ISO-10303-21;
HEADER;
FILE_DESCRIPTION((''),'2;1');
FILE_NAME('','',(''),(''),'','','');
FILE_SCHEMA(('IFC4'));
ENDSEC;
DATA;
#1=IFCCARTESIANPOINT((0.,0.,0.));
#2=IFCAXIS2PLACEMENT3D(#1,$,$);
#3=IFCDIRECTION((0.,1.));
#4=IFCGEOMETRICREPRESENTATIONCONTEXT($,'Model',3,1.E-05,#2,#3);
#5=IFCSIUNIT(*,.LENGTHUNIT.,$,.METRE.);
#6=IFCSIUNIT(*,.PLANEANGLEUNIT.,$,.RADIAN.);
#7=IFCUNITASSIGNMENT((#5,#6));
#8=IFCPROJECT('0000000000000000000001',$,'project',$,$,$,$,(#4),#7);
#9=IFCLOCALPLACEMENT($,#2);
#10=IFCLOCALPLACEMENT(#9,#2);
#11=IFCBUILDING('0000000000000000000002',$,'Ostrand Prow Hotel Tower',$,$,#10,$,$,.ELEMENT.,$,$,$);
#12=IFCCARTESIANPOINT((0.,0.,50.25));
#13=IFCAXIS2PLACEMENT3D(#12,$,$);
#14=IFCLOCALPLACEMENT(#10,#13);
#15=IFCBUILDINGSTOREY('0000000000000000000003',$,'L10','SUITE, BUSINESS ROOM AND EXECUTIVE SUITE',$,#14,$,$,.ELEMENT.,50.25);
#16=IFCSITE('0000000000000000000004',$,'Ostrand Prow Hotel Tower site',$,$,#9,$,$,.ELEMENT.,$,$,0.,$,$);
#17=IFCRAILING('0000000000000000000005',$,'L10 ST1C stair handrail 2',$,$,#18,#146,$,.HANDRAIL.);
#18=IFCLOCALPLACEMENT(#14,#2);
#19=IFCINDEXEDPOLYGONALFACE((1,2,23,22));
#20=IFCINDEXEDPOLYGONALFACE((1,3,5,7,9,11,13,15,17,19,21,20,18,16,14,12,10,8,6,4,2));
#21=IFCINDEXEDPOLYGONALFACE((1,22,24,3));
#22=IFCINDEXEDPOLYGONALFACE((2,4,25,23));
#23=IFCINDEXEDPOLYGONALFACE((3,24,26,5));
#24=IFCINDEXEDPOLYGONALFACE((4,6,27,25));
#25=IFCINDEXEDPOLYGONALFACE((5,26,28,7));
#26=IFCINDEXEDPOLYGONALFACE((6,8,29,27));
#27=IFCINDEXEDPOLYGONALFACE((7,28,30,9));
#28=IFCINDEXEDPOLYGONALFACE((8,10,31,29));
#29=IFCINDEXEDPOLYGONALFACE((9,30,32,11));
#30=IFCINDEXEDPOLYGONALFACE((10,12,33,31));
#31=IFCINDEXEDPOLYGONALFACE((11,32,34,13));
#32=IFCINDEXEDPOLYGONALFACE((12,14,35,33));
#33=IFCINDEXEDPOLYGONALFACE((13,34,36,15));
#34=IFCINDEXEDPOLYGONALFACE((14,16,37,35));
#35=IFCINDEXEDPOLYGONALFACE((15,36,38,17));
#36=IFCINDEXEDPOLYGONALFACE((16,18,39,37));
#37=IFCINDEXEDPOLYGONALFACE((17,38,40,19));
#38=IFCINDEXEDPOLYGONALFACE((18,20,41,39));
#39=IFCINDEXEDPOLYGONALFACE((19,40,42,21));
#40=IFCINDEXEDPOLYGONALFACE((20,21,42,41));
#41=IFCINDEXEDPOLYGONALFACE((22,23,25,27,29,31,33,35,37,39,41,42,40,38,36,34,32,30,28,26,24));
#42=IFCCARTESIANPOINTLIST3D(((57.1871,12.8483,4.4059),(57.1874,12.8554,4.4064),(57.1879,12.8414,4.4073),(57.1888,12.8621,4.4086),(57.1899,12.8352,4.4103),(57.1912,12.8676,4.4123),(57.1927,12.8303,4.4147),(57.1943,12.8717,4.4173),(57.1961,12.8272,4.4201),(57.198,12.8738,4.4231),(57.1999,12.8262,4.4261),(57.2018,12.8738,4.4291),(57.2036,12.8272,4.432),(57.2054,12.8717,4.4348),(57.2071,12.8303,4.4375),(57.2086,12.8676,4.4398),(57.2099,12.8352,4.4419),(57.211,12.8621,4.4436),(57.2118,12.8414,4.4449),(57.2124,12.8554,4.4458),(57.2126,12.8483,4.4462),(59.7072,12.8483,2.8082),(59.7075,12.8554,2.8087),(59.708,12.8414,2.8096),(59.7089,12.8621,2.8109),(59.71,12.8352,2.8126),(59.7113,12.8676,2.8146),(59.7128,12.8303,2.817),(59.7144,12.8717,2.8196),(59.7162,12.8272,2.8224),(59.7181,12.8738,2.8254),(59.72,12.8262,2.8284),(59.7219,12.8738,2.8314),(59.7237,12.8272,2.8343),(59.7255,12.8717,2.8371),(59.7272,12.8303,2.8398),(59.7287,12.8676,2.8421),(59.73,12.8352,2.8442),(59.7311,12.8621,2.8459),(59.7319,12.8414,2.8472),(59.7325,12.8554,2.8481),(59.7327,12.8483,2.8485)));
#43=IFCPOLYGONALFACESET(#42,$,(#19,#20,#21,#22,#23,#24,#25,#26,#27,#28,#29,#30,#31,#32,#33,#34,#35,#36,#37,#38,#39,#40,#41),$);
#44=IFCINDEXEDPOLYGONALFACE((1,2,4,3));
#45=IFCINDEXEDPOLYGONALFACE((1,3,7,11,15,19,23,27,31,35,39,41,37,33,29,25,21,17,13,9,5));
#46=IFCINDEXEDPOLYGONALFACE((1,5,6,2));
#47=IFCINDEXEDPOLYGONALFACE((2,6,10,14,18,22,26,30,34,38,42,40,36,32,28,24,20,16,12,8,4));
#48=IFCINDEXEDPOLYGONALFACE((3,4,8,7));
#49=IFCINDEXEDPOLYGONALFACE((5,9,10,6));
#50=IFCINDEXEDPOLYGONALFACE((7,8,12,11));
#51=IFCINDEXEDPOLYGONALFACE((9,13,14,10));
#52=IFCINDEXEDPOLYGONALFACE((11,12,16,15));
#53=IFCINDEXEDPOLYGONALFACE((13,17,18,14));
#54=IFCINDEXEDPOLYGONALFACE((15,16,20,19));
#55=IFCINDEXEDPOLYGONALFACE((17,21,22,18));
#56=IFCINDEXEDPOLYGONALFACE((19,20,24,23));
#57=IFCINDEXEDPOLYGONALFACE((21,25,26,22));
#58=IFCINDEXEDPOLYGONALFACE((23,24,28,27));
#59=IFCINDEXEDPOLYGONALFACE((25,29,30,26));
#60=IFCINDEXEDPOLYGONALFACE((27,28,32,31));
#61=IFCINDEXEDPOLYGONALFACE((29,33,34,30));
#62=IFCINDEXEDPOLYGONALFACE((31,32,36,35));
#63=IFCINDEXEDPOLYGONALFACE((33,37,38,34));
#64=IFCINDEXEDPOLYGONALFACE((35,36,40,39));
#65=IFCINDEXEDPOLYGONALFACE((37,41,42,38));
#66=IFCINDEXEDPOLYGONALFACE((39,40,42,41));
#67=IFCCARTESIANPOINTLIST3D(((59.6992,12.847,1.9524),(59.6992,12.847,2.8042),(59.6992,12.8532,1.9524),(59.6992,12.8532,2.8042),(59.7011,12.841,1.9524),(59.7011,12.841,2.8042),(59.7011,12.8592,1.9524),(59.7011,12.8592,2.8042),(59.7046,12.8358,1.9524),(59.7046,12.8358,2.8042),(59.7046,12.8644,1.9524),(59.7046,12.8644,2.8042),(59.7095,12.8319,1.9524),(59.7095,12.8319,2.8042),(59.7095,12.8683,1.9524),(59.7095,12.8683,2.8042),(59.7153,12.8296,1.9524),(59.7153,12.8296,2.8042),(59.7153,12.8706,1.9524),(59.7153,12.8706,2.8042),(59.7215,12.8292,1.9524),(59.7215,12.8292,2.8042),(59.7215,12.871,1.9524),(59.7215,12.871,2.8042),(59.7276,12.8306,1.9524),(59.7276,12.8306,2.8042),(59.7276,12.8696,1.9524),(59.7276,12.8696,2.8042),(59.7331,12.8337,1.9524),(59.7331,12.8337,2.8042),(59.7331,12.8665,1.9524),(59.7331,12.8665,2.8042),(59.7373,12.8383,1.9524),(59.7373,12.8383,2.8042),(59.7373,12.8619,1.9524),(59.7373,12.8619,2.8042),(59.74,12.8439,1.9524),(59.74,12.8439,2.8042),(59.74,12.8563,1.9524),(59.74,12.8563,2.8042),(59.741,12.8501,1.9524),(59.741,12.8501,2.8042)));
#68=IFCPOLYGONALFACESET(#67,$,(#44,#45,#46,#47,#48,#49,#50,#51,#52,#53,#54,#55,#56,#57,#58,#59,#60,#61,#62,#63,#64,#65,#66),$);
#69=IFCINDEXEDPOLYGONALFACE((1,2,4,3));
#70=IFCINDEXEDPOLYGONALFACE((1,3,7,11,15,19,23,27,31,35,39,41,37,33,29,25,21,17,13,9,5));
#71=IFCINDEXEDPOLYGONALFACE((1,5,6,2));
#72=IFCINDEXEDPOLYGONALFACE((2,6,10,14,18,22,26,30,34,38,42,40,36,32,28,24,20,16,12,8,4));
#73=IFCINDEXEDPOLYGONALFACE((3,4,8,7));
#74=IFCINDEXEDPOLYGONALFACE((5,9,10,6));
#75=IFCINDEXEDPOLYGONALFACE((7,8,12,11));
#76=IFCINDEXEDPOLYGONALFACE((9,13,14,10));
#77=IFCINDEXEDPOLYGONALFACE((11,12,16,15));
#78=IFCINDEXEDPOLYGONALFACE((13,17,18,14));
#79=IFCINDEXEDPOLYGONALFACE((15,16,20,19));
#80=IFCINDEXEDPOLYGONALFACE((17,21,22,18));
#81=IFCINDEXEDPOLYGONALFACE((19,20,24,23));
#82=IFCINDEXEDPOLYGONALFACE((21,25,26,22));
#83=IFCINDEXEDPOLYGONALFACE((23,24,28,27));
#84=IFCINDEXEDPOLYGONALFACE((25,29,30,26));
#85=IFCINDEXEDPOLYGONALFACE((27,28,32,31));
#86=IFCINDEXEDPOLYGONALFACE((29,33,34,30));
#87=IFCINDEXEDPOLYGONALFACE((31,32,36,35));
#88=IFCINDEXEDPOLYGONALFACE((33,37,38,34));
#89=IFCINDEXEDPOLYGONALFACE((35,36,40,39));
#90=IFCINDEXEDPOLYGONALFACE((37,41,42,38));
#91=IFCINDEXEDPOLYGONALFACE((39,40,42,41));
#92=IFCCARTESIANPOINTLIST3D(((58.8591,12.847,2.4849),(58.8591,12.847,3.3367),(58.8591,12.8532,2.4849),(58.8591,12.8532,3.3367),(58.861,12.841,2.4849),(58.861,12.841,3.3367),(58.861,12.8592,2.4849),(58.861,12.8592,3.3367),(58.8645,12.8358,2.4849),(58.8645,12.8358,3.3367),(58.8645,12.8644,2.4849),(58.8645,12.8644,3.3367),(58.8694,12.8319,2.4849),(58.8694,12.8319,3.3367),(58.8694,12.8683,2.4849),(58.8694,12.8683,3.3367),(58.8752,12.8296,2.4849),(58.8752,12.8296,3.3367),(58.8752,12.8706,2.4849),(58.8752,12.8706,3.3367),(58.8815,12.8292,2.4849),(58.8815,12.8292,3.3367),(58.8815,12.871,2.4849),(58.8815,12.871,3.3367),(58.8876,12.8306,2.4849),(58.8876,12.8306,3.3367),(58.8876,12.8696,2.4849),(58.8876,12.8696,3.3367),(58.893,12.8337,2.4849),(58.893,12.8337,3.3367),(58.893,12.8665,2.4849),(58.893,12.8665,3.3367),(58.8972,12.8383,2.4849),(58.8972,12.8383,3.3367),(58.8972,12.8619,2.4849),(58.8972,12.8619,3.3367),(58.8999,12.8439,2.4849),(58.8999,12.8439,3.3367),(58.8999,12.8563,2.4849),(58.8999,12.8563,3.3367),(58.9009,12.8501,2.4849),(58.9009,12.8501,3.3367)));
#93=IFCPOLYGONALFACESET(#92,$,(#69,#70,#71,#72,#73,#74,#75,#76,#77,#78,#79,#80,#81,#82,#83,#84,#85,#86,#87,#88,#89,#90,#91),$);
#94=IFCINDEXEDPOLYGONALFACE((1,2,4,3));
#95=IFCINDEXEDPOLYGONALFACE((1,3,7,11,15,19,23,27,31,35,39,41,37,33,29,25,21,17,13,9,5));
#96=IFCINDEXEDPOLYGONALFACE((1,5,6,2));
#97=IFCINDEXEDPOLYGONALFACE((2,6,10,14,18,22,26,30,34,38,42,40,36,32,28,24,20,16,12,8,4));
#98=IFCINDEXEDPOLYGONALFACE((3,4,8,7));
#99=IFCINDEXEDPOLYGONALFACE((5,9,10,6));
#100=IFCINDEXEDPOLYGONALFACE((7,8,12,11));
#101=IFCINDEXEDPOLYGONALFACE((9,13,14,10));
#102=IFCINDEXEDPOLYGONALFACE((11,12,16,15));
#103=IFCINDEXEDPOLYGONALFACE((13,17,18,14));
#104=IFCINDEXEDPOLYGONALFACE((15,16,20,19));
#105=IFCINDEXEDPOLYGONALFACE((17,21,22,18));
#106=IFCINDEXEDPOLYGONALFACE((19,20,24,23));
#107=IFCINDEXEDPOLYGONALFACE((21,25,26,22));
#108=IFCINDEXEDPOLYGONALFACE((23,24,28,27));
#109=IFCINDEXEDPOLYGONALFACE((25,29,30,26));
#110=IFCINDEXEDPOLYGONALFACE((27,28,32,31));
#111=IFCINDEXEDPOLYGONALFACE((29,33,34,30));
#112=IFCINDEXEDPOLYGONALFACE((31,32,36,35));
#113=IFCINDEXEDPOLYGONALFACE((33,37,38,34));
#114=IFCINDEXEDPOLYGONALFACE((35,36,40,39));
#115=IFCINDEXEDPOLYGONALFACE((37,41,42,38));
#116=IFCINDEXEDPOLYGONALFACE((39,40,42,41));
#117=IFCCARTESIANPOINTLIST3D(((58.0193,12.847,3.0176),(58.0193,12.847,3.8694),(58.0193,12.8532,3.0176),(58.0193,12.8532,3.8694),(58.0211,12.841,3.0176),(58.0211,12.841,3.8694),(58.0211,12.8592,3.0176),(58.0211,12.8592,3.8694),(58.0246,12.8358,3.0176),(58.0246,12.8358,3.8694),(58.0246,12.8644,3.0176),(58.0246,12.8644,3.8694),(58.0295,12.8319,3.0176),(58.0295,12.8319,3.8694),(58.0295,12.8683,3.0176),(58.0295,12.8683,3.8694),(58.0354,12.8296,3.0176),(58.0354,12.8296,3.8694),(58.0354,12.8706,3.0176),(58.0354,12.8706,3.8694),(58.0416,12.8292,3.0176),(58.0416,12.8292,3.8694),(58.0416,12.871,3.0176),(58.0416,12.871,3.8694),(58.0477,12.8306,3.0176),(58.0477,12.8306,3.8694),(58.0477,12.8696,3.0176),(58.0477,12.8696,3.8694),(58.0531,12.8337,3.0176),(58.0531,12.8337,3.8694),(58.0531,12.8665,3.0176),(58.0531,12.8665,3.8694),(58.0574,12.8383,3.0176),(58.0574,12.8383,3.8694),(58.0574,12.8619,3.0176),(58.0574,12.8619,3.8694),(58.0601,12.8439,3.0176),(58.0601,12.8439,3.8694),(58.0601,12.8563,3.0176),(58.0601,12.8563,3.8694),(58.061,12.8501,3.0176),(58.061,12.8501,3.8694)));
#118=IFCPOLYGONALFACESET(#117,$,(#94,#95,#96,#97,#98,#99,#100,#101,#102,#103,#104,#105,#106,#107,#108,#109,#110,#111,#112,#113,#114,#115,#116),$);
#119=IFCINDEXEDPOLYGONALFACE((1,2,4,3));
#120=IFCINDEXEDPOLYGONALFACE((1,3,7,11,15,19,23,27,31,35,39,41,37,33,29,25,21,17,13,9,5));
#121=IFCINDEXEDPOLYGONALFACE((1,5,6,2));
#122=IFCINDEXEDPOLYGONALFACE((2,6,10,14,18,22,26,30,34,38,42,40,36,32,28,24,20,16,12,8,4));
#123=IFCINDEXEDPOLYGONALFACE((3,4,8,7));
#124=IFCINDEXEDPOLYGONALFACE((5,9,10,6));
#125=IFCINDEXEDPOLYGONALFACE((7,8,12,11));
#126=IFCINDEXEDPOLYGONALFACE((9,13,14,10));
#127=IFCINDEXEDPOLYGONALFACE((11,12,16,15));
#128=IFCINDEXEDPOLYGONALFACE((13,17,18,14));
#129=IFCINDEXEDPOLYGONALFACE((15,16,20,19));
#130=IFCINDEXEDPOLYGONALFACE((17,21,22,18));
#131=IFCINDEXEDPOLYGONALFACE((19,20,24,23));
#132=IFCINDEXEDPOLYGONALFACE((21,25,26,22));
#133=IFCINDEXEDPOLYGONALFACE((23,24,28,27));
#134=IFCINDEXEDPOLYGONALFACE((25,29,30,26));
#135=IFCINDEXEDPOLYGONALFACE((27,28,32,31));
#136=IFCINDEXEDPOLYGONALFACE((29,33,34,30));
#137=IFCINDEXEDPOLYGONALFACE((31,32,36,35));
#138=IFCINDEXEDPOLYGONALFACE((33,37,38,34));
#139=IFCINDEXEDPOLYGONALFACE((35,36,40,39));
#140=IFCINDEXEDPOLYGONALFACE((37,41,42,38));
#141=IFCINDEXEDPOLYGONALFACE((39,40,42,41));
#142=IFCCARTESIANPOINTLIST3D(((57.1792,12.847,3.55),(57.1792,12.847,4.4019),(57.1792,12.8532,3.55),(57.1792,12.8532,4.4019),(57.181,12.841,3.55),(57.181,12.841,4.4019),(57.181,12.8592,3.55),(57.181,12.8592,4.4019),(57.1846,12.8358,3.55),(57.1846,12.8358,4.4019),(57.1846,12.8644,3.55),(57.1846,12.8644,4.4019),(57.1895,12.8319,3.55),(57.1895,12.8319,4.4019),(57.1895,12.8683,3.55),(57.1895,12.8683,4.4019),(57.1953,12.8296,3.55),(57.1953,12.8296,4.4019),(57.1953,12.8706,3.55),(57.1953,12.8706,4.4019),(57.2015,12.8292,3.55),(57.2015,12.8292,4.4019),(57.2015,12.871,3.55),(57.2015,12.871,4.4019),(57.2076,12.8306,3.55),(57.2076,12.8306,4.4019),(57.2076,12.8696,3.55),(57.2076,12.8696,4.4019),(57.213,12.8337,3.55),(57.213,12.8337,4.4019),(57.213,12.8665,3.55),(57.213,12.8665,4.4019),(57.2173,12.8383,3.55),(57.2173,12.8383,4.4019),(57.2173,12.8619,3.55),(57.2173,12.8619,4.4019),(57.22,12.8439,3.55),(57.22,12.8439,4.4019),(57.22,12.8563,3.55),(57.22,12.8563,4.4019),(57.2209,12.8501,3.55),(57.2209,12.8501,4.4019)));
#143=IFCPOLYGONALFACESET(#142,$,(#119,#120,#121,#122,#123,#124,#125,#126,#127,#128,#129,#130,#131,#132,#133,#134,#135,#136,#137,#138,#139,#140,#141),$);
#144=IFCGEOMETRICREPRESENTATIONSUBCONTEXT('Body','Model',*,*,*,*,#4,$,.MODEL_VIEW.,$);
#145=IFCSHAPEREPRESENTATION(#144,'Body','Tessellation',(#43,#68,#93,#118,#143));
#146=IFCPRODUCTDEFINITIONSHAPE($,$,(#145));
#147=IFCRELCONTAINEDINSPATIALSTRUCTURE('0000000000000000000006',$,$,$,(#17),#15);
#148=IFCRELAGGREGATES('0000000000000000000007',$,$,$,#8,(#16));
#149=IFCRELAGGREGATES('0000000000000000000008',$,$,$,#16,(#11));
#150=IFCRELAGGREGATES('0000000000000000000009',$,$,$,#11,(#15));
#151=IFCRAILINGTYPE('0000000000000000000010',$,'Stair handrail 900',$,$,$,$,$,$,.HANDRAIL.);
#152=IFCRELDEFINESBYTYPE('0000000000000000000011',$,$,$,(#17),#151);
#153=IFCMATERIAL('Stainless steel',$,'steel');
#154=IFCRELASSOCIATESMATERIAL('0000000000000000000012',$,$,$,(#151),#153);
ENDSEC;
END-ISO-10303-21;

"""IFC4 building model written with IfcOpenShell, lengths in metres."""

from ifc_helpers import new_model, si_unit, direction, frame, origin, origin_2d, place, context, subcontext, project, spatial, circle, extrude, material, type_object, element, save


model = new_model("IFC4")

# Units and contexts
model_context = context("Model", 3, precision=1e-05, world=origin(), true_north=direction((0.0, 1.0)))
body_context = subcontext(model_context, "Body", "Model", "MODEL_VIEW")
ifc_project = project(units=[si_unit("LENGTHUNIT", "METRE"), si_unit("PLANEANGLEUNIT", "RADIAN")], contexts=[model_context])

# Site, building, storey
site_placement = place(None, origin())
site = spatial("IfcSite", under=ifc_project, at=site_placement, Name="Ostrand Prow Hotel Tower site", CompositionType="ELEMENT", RefElevation=0.0)
building_placement = place(site_placement, origin())
building = spatial("IfcBuilding", under=site, at=building_placement, Name="Ostrand Prow Hotel Tower", CompositionType="ELEMENT")
storey_placement = place(building_placement, frame((0.0, 0.0, 50.25)))
storey = spatial("IfcBuildingStorey", under=building, at=storey_placement, Name="L10", Description="SUITE, BUSINESS ROOM AND EXECUTIVE SUITE", CompositionType="ELEMENT", Elevation=50.25)

# Railing
ifc_material_1 = material(Name="Stainless steel", Category="steel")
railing_type_1 = type_object("IfcRailingType", Name="Stair handrail 900", PredefinedType="HANDRAIL", material=ifc_material_1)
railing_1_placement = place(storey_placement, frame((59.72, 12.8501, 1.9524)))
element("IfcRailing", 1, at=railing_1_placement, inside=storey, type_object=railing_type_1, Name="L10 ST1C stair handrail 2", PredefinedType="HANDRAIL", context=body_context, shape_type="SweptSolid", body=[
    extrude(circle(Radius=0.0239, at=origin_2d()), frame((0.0, 0.0, 0.876), z_axis=(-0.84457, 0.0, 0.535445), x_axis=(0.0, -1.0, 0.0)), (0.0, 0.0, 1.0), 2.9839),
    extrude(circle(Radius=0.021, at=origin_2d()), origin(), (0.0, 0.0, 1.0), 0.8518),
    extrude(circle(Radius=0.021, at=origin_2d()), frame((-0.8401, 0.0, 0.5325)), (0.0, 0.0, 1.0), 0.8518),
    extrude(circle(Radius=0.021, at=origin_2d()), frame((-1.6799, 0.0, 1.0652)), (0.0, 0.0, 1.0), 0.8518),
    extrude(circle(Radius=0.021, at=origin_2d()), frame((-2.52, 0.0, 1.5977)), (0.0, 0.0, 1.0), 0.8518),
])

save(model, "model.ifc")
